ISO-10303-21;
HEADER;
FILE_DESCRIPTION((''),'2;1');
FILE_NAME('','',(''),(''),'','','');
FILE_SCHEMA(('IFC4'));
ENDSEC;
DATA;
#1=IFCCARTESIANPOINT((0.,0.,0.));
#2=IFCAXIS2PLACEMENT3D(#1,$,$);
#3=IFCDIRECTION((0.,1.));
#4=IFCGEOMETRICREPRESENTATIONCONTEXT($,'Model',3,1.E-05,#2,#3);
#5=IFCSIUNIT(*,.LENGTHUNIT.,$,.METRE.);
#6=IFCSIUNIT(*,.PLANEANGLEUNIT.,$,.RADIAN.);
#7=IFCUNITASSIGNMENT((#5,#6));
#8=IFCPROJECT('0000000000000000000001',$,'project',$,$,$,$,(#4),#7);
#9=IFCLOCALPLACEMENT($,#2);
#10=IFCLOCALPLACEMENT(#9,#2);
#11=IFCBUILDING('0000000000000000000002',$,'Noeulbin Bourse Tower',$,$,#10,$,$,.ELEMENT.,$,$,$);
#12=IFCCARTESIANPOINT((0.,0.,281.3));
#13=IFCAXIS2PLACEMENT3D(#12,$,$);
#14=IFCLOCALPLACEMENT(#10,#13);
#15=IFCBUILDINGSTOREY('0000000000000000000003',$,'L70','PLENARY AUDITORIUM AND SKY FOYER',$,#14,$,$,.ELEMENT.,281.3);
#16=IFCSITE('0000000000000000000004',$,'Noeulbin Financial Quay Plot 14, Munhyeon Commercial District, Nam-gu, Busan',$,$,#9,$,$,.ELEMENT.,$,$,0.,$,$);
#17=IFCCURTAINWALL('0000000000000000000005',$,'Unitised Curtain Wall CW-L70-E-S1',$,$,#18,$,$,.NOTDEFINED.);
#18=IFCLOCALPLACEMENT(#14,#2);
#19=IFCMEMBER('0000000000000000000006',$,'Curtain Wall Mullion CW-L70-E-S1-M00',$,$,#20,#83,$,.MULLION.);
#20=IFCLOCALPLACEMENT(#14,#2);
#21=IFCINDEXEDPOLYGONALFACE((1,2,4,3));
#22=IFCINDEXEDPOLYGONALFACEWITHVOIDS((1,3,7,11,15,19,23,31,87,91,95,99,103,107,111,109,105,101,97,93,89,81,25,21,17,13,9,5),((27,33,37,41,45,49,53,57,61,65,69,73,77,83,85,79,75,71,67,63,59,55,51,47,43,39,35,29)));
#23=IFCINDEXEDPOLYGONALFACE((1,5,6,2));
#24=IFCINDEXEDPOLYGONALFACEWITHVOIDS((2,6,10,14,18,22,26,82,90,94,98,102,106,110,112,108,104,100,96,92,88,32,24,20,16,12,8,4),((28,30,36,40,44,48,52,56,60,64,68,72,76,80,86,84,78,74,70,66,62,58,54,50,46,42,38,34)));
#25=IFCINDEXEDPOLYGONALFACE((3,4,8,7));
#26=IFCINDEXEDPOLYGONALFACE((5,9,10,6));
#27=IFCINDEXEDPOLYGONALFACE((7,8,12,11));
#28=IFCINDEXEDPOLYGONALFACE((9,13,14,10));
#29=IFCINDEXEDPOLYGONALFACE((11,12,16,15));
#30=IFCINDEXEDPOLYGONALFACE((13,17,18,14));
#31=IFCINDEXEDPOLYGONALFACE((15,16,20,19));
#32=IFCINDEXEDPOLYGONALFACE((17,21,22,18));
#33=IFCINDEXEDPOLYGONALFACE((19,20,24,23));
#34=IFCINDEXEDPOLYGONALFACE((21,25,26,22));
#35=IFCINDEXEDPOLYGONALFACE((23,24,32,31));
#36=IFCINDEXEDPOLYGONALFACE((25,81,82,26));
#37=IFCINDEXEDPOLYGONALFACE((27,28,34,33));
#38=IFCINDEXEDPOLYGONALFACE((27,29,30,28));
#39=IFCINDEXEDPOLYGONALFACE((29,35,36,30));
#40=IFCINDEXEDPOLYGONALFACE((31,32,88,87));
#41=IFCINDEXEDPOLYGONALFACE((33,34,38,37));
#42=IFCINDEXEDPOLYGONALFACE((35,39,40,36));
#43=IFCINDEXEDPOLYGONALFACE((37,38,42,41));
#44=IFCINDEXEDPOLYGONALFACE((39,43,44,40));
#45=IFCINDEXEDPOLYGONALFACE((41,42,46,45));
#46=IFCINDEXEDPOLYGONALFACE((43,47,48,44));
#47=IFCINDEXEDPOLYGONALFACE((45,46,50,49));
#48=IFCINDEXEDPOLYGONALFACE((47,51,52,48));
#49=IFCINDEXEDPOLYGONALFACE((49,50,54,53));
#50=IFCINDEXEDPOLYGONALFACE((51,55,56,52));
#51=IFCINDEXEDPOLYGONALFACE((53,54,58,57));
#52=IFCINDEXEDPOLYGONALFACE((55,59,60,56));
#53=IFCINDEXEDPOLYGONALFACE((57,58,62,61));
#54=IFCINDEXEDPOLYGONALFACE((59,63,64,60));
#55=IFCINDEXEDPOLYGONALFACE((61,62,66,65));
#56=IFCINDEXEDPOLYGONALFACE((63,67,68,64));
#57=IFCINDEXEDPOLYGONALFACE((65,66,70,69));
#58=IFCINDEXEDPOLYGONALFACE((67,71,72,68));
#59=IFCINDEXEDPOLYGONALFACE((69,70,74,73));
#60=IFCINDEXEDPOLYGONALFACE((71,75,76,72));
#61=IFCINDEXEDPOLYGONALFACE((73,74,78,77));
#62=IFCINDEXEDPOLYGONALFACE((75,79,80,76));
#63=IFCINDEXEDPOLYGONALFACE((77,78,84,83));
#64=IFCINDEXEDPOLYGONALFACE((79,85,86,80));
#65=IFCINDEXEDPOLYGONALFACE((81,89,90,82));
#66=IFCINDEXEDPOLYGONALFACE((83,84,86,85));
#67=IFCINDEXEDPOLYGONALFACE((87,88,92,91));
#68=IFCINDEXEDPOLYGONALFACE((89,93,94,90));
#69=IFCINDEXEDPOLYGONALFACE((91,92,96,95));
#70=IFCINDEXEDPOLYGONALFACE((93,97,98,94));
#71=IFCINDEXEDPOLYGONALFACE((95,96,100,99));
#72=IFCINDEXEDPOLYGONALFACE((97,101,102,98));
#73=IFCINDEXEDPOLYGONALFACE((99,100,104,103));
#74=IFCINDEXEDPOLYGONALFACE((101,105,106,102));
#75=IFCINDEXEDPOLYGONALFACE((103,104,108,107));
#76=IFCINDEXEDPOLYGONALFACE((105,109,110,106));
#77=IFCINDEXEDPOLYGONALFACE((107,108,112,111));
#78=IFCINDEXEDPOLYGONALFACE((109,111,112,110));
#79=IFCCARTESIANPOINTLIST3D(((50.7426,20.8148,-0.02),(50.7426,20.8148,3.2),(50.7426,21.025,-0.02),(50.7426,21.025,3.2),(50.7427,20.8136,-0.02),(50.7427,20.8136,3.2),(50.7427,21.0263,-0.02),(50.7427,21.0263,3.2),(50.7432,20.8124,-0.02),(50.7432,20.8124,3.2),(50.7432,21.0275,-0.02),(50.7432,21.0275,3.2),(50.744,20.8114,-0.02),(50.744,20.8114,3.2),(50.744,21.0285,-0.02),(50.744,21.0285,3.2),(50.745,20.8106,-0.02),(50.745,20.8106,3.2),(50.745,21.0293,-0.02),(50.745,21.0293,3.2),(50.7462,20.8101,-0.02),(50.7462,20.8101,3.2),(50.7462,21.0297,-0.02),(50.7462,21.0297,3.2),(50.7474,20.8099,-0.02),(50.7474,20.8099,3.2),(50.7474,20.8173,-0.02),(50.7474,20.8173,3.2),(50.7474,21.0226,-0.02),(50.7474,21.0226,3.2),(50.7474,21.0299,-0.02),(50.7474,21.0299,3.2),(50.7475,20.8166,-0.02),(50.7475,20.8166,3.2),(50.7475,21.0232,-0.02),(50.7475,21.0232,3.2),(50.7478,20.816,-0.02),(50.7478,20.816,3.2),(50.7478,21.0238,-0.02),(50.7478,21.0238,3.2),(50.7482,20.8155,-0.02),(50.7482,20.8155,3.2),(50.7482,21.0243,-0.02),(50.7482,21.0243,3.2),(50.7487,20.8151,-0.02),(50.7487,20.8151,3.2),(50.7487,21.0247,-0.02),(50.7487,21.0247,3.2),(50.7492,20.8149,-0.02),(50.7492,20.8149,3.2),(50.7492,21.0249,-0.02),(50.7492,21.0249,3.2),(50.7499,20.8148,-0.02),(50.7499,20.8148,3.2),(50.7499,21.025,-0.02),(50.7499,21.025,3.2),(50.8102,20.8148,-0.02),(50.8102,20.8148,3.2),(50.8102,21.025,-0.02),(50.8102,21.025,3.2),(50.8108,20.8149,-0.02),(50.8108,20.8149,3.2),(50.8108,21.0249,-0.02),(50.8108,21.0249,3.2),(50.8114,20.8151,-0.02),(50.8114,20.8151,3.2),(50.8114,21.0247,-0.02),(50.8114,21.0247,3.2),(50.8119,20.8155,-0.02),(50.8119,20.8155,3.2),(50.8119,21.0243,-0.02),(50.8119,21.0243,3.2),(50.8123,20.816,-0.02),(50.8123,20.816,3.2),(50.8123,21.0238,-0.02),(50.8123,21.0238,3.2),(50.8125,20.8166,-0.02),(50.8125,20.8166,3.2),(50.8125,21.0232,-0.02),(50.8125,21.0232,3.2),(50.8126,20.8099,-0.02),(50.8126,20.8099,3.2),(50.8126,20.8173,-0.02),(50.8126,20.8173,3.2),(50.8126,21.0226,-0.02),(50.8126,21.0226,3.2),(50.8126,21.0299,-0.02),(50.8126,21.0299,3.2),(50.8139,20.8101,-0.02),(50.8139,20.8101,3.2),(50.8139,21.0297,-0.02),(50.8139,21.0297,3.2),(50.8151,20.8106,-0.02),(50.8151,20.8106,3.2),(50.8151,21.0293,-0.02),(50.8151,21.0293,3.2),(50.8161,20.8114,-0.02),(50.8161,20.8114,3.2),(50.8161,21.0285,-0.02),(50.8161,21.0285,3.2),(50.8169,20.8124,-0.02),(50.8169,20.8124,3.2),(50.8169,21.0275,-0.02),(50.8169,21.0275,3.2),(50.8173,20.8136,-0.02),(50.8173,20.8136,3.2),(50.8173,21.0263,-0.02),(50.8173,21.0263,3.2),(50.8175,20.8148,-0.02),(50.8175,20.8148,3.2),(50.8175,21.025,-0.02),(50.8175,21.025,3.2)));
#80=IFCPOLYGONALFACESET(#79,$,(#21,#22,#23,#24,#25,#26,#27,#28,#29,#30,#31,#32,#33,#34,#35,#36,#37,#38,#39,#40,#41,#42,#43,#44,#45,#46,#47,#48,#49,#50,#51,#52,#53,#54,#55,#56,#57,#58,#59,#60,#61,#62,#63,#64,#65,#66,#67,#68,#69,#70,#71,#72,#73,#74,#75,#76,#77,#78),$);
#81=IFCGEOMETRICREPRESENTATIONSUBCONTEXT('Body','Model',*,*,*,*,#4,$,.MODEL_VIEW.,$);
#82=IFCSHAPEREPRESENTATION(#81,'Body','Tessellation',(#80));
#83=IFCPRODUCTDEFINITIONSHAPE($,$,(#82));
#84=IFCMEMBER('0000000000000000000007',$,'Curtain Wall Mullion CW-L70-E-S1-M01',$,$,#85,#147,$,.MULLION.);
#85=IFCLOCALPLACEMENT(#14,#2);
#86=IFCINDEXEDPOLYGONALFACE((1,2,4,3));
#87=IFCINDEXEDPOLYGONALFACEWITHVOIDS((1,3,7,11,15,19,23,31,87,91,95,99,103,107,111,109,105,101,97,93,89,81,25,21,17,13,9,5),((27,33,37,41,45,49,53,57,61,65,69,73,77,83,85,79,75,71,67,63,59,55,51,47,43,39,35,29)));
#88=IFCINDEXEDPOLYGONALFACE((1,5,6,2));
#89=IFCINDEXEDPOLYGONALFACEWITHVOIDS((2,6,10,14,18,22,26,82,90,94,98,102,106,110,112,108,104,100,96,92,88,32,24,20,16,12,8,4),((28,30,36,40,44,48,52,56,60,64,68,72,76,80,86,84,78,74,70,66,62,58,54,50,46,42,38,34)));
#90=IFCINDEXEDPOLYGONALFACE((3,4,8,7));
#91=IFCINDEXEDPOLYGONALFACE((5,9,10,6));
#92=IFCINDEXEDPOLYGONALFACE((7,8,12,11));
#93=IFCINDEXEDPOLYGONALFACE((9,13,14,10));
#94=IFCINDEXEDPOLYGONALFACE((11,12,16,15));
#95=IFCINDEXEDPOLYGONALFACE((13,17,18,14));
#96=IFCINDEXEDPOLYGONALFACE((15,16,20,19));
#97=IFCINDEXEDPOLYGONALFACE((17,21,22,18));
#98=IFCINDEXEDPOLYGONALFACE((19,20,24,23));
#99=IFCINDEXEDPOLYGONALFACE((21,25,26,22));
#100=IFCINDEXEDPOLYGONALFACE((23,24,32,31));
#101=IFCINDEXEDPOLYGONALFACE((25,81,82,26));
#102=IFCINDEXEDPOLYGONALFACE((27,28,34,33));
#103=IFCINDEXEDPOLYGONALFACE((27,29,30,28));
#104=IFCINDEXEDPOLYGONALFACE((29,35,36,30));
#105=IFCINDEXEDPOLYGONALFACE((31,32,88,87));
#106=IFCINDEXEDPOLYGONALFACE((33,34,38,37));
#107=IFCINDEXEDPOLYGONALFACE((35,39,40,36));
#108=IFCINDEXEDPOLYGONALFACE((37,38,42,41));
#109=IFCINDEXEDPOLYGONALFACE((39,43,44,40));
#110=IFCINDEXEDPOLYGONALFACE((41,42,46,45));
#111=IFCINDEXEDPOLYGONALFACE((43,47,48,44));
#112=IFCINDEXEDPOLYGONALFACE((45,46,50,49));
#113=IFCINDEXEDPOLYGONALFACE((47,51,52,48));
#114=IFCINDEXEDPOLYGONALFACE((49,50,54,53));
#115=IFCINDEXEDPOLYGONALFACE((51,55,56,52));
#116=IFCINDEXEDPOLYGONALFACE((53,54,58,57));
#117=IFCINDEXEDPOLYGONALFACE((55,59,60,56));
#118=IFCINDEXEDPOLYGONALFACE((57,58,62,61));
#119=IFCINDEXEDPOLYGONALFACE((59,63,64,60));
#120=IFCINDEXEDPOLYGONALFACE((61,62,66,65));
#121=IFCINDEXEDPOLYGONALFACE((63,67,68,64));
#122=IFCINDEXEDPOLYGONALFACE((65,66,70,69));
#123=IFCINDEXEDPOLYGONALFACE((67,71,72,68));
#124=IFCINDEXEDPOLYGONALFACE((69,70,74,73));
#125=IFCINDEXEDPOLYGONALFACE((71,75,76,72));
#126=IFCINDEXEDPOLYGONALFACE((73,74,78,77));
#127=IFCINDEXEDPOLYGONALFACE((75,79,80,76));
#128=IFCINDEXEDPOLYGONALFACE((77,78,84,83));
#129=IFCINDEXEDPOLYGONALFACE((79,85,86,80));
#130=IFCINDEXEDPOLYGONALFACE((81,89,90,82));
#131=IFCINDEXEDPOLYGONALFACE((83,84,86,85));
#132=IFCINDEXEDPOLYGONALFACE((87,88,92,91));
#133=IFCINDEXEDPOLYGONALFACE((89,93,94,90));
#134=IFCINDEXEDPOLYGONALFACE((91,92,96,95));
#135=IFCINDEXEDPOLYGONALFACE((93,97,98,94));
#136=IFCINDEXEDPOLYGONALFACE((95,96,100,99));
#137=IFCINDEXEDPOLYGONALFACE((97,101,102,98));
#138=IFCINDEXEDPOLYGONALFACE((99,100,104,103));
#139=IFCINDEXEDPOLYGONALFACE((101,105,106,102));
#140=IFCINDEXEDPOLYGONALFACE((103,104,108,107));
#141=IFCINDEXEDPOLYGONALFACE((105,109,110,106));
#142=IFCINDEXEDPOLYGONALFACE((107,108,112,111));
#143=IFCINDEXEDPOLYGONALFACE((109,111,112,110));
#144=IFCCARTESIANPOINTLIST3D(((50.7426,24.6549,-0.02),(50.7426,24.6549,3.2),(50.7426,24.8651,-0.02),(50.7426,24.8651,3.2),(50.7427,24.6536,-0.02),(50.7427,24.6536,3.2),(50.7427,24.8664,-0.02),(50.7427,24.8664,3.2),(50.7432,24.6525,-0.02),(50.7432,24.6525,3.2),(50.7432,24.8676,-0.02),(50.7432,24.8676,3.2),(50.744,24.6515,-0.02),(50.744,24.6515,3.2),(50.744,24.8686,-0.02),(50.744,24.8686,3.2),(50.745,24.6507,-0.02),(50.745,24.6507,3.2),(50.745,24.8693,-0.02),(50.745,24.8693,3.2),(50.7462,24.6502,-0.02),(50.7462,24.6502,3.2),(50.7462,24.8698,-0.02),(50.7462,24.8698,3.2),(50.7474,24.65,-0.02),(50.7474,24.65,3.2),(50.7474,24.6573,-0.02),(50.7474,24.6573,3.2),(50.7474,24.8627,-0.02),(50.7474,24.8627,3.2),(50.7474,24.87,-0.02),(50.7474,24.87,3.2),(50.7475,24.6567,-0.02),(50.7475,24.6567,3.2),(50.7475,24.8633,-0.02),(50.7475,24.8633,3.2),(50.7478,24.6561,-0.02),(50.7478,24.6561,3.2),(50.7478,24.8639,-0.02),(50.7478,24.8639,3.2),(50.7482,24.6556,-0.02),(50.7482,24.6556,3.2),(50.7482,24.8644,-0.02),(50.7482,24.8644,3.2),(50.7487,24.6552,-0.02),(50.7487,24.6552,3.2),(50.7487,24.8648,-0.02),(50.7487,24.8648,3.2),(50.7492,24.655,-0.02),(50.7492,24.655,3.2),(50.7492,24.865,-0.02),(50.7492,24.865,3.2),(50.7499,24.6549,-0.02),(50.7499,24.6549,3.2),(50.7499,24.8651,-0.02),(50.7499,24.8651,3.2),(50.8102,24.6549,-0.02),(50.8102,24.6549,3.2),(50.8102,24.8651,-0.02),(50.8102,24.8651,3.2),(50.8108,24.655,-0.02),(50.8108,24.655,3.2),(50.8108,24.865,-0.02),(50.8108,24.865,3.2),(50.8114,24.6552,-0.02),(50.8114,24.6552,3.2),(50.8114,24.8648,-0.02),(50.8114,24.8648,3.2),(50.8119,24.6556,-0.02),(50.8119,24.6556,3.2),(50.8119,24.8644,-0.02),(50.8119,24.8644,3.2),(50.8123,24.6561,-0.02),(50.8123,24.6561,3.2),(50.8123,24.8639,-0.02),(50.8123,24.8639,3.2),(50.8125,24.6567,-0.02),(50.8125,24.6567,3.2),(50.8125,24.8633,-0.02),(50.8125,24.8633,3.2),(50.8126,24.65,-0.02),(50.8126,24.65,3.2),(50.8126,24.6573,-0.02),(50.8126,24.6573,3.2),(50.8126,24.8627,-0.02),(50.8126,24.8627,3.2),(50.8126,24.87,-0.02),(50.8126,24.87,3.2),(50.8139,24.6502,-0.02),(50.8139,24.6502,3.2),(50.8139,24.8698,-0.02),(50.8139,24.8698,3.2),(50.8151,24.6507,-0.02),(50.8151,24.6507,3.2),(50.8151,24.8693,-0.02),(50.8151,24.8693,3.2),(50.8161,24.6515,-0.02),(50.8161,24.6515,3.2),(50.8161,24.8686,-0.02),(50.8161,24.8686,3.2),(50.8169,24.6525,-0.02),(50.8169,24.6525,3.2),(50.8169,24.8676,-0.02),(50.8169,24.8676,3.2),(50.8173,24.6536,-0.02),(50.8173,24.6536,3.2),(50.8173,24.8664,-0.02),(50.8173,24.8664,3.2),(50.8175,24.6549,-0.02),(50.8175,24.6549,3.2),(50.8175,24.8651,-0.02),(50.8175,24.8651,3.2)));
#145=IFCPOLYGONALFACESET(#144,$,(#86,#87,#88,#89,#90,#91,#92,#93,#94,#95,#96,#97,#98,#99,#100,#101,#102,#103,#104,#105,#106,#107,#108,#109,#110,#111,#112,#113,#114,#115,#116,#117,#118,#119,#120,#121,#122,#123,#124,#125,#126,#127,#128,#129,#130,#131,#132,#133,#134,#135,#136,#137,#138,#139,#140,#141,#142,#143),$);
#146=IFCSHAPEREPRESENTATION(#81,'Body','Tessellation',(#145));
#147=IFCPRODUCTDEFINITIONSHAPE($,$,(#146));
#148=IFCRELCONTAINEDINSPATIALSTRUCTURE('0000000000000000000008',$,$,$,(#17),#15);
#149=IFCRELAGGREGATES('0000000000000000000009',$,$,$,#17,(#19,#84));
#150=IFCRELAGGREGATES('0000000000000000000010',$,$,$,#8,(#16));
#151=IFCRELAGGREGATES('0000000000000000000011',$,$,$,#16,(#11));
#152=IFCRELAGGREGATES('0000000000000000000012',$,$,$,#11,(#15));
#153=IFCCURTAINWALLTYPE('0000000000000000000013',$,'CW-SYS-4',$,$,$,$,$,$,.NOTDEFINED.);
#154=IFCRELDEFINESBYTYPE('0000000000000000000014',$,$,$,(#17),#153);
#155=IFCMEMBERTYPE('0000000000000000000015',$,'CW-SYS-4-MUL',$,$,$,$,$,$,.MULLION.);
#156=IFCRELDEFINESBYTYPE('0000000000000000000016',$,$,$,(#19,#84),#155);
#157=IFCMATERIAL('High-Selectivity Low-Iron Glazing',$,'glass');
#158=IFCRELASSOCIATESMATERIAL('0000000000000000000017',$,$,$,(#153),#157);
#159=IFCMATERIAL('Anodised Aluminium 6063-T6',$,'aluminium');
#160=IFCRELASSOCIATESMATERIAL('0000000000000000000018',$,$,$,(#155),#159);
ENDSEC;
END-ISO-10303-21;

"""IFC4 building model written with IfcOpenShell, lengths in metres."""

from ifc_helpers import new_model, si_unit, direction, frame, origin, origin_2d, place, context, subcontext, project, spatial, hollow_rectangle, extrude, material, material_profile, profile_set, type_object, element, aggregate, save


model = new_model("IFC4")

# Units and contexts
model_context = context("Model", 3, precision=1e-05, world=origin(), true_north=direction((0.0, 1.0)))
body_context = subcontext(model_context, "Body", "Model", "MODEL_VIEW")
ifc_project = project(units=[si_unit("LENGTHUNIT", "METRE"), si_unit("PLANEANGLEUNIT", "RADIAN")], contexts=[model_context])

# Site, building, storey
site_placement = place(None, origin())
site = spatial("IfcSite", under=ifc_project, at=site_placement, Name="Noeulbin Financial Quay Plot 14, Munhyeon Commercial District, Nam-gu, Busan", CompositionType="ELEMENT", RefElevation=0.0)
building_placement = place(site_placement, origin())
building = spatial("IfcBuilding", under=site, at=building_placement, Name="Noeulbin Bourse Tower", CompositionType="ELEMENT")
storey_placement = place(building_placement, frame((0.0, 0.0, 281.3)))
storey = spatial("IfcBuildingStorey", under=building, at=storey_placement, Name="L70", Description="PLENARY AUDITORIUM AND SKY FOYER", CompositionType="ELEMENT", Elevation=281.3)

# Curtain wall, members
ifc_material_1 = material(Name="High-Selectivity Low-Iron Glazing", Category="glass")
curtain_wall_type = type_object("IfcCurtainWallType", Name="CW-SYS-4", PredefinedType="NOTDEFINED", material=ifc_material_1)
ifc_material_2 = material(Name="Anodised Aluminium 6063-T6", Category="aluminium")
ifc_material_profile_1 = material_profile(ifc_material_2, hollow_rectangle(XDim=0.075, YDim=0.22, WallThickness=0.0049, InnerFilletRadius=0.0024, OuterFilletRadius=0.0049, at=origin_2d()), Name="ALU-MULL-75x220x5", Category="LoadBearing")
ifc_profile_set_1 = profile_set([ifc_material_profile_1], Name="Anodised Aluminium 6063-T6")
member_type_1 = type_object("IfcMemberType", Name="CW-SYS-4-MUL", PredefinedType="MULLION", material=ifc_profile_set_1)
curtain_wall_1_placement = place(storey_placement, origin())
curtain_wall_1 = element("IfcCurtainWall", 1, at=curtain_wall_1_placement, inside=storey, type_object=curtain_wall_type, Name="Unitised Curtain Wall CW-L70-E-S1", PredefinedType="NOTDEFINED")
member_1_placement = place(storey_placement, frame((50.78, 20.9199, -0.02), z_axis=(0.0, 0.0, 1.0), x_axis=(1.0, 0.0, 0.0)))
member_1 = element("IfcMember", 2, at=member_1_placement, type_object=member_type_1, Name="Curtain Wall Mullion CW-L70-E-S1-M00", PredefinedType="MULLION", context=body_context, shape_type="SweptSolid", body=[
    extrude(hollow_rectangle(XDim=0.075, YDim=0.22, WallThickness=0.0049, InnerFilletRadius=0.0024, OuterFilletRadius=0.0049, at=origin_2d()), origin(), (0.0, 0.0, 1.0), 3.22),
])
member_2_placement = place(storey_placement, frame((50.78, 24.76, -0.02), z_axis=(0.0, 0.0, 1.0), x_axis=(1.0, 0.0, 0.0)))
member_2 = element("IfcMember", 3, at=member_2_placement, type_object=member_type_1, Name="Curtain Wall Mullion CW-L70-E-S1-M01", PredefinedType="MULLION", context=body_context, shape_type="SweptSolid", body=[
    extrude(hollow_rectangle(XDim=0.075, YDim=0.22, WallThickness=0.0049, InnerFilletRadius=0.0024, OuterFilletRadius=0.0049, at=origin_2d()), origin(), (0.0, 0.0, 1.0), 3.22),
])

aggregate(curtain_wall_1, [member_1, member_2])

save(model, "model.ifc")
